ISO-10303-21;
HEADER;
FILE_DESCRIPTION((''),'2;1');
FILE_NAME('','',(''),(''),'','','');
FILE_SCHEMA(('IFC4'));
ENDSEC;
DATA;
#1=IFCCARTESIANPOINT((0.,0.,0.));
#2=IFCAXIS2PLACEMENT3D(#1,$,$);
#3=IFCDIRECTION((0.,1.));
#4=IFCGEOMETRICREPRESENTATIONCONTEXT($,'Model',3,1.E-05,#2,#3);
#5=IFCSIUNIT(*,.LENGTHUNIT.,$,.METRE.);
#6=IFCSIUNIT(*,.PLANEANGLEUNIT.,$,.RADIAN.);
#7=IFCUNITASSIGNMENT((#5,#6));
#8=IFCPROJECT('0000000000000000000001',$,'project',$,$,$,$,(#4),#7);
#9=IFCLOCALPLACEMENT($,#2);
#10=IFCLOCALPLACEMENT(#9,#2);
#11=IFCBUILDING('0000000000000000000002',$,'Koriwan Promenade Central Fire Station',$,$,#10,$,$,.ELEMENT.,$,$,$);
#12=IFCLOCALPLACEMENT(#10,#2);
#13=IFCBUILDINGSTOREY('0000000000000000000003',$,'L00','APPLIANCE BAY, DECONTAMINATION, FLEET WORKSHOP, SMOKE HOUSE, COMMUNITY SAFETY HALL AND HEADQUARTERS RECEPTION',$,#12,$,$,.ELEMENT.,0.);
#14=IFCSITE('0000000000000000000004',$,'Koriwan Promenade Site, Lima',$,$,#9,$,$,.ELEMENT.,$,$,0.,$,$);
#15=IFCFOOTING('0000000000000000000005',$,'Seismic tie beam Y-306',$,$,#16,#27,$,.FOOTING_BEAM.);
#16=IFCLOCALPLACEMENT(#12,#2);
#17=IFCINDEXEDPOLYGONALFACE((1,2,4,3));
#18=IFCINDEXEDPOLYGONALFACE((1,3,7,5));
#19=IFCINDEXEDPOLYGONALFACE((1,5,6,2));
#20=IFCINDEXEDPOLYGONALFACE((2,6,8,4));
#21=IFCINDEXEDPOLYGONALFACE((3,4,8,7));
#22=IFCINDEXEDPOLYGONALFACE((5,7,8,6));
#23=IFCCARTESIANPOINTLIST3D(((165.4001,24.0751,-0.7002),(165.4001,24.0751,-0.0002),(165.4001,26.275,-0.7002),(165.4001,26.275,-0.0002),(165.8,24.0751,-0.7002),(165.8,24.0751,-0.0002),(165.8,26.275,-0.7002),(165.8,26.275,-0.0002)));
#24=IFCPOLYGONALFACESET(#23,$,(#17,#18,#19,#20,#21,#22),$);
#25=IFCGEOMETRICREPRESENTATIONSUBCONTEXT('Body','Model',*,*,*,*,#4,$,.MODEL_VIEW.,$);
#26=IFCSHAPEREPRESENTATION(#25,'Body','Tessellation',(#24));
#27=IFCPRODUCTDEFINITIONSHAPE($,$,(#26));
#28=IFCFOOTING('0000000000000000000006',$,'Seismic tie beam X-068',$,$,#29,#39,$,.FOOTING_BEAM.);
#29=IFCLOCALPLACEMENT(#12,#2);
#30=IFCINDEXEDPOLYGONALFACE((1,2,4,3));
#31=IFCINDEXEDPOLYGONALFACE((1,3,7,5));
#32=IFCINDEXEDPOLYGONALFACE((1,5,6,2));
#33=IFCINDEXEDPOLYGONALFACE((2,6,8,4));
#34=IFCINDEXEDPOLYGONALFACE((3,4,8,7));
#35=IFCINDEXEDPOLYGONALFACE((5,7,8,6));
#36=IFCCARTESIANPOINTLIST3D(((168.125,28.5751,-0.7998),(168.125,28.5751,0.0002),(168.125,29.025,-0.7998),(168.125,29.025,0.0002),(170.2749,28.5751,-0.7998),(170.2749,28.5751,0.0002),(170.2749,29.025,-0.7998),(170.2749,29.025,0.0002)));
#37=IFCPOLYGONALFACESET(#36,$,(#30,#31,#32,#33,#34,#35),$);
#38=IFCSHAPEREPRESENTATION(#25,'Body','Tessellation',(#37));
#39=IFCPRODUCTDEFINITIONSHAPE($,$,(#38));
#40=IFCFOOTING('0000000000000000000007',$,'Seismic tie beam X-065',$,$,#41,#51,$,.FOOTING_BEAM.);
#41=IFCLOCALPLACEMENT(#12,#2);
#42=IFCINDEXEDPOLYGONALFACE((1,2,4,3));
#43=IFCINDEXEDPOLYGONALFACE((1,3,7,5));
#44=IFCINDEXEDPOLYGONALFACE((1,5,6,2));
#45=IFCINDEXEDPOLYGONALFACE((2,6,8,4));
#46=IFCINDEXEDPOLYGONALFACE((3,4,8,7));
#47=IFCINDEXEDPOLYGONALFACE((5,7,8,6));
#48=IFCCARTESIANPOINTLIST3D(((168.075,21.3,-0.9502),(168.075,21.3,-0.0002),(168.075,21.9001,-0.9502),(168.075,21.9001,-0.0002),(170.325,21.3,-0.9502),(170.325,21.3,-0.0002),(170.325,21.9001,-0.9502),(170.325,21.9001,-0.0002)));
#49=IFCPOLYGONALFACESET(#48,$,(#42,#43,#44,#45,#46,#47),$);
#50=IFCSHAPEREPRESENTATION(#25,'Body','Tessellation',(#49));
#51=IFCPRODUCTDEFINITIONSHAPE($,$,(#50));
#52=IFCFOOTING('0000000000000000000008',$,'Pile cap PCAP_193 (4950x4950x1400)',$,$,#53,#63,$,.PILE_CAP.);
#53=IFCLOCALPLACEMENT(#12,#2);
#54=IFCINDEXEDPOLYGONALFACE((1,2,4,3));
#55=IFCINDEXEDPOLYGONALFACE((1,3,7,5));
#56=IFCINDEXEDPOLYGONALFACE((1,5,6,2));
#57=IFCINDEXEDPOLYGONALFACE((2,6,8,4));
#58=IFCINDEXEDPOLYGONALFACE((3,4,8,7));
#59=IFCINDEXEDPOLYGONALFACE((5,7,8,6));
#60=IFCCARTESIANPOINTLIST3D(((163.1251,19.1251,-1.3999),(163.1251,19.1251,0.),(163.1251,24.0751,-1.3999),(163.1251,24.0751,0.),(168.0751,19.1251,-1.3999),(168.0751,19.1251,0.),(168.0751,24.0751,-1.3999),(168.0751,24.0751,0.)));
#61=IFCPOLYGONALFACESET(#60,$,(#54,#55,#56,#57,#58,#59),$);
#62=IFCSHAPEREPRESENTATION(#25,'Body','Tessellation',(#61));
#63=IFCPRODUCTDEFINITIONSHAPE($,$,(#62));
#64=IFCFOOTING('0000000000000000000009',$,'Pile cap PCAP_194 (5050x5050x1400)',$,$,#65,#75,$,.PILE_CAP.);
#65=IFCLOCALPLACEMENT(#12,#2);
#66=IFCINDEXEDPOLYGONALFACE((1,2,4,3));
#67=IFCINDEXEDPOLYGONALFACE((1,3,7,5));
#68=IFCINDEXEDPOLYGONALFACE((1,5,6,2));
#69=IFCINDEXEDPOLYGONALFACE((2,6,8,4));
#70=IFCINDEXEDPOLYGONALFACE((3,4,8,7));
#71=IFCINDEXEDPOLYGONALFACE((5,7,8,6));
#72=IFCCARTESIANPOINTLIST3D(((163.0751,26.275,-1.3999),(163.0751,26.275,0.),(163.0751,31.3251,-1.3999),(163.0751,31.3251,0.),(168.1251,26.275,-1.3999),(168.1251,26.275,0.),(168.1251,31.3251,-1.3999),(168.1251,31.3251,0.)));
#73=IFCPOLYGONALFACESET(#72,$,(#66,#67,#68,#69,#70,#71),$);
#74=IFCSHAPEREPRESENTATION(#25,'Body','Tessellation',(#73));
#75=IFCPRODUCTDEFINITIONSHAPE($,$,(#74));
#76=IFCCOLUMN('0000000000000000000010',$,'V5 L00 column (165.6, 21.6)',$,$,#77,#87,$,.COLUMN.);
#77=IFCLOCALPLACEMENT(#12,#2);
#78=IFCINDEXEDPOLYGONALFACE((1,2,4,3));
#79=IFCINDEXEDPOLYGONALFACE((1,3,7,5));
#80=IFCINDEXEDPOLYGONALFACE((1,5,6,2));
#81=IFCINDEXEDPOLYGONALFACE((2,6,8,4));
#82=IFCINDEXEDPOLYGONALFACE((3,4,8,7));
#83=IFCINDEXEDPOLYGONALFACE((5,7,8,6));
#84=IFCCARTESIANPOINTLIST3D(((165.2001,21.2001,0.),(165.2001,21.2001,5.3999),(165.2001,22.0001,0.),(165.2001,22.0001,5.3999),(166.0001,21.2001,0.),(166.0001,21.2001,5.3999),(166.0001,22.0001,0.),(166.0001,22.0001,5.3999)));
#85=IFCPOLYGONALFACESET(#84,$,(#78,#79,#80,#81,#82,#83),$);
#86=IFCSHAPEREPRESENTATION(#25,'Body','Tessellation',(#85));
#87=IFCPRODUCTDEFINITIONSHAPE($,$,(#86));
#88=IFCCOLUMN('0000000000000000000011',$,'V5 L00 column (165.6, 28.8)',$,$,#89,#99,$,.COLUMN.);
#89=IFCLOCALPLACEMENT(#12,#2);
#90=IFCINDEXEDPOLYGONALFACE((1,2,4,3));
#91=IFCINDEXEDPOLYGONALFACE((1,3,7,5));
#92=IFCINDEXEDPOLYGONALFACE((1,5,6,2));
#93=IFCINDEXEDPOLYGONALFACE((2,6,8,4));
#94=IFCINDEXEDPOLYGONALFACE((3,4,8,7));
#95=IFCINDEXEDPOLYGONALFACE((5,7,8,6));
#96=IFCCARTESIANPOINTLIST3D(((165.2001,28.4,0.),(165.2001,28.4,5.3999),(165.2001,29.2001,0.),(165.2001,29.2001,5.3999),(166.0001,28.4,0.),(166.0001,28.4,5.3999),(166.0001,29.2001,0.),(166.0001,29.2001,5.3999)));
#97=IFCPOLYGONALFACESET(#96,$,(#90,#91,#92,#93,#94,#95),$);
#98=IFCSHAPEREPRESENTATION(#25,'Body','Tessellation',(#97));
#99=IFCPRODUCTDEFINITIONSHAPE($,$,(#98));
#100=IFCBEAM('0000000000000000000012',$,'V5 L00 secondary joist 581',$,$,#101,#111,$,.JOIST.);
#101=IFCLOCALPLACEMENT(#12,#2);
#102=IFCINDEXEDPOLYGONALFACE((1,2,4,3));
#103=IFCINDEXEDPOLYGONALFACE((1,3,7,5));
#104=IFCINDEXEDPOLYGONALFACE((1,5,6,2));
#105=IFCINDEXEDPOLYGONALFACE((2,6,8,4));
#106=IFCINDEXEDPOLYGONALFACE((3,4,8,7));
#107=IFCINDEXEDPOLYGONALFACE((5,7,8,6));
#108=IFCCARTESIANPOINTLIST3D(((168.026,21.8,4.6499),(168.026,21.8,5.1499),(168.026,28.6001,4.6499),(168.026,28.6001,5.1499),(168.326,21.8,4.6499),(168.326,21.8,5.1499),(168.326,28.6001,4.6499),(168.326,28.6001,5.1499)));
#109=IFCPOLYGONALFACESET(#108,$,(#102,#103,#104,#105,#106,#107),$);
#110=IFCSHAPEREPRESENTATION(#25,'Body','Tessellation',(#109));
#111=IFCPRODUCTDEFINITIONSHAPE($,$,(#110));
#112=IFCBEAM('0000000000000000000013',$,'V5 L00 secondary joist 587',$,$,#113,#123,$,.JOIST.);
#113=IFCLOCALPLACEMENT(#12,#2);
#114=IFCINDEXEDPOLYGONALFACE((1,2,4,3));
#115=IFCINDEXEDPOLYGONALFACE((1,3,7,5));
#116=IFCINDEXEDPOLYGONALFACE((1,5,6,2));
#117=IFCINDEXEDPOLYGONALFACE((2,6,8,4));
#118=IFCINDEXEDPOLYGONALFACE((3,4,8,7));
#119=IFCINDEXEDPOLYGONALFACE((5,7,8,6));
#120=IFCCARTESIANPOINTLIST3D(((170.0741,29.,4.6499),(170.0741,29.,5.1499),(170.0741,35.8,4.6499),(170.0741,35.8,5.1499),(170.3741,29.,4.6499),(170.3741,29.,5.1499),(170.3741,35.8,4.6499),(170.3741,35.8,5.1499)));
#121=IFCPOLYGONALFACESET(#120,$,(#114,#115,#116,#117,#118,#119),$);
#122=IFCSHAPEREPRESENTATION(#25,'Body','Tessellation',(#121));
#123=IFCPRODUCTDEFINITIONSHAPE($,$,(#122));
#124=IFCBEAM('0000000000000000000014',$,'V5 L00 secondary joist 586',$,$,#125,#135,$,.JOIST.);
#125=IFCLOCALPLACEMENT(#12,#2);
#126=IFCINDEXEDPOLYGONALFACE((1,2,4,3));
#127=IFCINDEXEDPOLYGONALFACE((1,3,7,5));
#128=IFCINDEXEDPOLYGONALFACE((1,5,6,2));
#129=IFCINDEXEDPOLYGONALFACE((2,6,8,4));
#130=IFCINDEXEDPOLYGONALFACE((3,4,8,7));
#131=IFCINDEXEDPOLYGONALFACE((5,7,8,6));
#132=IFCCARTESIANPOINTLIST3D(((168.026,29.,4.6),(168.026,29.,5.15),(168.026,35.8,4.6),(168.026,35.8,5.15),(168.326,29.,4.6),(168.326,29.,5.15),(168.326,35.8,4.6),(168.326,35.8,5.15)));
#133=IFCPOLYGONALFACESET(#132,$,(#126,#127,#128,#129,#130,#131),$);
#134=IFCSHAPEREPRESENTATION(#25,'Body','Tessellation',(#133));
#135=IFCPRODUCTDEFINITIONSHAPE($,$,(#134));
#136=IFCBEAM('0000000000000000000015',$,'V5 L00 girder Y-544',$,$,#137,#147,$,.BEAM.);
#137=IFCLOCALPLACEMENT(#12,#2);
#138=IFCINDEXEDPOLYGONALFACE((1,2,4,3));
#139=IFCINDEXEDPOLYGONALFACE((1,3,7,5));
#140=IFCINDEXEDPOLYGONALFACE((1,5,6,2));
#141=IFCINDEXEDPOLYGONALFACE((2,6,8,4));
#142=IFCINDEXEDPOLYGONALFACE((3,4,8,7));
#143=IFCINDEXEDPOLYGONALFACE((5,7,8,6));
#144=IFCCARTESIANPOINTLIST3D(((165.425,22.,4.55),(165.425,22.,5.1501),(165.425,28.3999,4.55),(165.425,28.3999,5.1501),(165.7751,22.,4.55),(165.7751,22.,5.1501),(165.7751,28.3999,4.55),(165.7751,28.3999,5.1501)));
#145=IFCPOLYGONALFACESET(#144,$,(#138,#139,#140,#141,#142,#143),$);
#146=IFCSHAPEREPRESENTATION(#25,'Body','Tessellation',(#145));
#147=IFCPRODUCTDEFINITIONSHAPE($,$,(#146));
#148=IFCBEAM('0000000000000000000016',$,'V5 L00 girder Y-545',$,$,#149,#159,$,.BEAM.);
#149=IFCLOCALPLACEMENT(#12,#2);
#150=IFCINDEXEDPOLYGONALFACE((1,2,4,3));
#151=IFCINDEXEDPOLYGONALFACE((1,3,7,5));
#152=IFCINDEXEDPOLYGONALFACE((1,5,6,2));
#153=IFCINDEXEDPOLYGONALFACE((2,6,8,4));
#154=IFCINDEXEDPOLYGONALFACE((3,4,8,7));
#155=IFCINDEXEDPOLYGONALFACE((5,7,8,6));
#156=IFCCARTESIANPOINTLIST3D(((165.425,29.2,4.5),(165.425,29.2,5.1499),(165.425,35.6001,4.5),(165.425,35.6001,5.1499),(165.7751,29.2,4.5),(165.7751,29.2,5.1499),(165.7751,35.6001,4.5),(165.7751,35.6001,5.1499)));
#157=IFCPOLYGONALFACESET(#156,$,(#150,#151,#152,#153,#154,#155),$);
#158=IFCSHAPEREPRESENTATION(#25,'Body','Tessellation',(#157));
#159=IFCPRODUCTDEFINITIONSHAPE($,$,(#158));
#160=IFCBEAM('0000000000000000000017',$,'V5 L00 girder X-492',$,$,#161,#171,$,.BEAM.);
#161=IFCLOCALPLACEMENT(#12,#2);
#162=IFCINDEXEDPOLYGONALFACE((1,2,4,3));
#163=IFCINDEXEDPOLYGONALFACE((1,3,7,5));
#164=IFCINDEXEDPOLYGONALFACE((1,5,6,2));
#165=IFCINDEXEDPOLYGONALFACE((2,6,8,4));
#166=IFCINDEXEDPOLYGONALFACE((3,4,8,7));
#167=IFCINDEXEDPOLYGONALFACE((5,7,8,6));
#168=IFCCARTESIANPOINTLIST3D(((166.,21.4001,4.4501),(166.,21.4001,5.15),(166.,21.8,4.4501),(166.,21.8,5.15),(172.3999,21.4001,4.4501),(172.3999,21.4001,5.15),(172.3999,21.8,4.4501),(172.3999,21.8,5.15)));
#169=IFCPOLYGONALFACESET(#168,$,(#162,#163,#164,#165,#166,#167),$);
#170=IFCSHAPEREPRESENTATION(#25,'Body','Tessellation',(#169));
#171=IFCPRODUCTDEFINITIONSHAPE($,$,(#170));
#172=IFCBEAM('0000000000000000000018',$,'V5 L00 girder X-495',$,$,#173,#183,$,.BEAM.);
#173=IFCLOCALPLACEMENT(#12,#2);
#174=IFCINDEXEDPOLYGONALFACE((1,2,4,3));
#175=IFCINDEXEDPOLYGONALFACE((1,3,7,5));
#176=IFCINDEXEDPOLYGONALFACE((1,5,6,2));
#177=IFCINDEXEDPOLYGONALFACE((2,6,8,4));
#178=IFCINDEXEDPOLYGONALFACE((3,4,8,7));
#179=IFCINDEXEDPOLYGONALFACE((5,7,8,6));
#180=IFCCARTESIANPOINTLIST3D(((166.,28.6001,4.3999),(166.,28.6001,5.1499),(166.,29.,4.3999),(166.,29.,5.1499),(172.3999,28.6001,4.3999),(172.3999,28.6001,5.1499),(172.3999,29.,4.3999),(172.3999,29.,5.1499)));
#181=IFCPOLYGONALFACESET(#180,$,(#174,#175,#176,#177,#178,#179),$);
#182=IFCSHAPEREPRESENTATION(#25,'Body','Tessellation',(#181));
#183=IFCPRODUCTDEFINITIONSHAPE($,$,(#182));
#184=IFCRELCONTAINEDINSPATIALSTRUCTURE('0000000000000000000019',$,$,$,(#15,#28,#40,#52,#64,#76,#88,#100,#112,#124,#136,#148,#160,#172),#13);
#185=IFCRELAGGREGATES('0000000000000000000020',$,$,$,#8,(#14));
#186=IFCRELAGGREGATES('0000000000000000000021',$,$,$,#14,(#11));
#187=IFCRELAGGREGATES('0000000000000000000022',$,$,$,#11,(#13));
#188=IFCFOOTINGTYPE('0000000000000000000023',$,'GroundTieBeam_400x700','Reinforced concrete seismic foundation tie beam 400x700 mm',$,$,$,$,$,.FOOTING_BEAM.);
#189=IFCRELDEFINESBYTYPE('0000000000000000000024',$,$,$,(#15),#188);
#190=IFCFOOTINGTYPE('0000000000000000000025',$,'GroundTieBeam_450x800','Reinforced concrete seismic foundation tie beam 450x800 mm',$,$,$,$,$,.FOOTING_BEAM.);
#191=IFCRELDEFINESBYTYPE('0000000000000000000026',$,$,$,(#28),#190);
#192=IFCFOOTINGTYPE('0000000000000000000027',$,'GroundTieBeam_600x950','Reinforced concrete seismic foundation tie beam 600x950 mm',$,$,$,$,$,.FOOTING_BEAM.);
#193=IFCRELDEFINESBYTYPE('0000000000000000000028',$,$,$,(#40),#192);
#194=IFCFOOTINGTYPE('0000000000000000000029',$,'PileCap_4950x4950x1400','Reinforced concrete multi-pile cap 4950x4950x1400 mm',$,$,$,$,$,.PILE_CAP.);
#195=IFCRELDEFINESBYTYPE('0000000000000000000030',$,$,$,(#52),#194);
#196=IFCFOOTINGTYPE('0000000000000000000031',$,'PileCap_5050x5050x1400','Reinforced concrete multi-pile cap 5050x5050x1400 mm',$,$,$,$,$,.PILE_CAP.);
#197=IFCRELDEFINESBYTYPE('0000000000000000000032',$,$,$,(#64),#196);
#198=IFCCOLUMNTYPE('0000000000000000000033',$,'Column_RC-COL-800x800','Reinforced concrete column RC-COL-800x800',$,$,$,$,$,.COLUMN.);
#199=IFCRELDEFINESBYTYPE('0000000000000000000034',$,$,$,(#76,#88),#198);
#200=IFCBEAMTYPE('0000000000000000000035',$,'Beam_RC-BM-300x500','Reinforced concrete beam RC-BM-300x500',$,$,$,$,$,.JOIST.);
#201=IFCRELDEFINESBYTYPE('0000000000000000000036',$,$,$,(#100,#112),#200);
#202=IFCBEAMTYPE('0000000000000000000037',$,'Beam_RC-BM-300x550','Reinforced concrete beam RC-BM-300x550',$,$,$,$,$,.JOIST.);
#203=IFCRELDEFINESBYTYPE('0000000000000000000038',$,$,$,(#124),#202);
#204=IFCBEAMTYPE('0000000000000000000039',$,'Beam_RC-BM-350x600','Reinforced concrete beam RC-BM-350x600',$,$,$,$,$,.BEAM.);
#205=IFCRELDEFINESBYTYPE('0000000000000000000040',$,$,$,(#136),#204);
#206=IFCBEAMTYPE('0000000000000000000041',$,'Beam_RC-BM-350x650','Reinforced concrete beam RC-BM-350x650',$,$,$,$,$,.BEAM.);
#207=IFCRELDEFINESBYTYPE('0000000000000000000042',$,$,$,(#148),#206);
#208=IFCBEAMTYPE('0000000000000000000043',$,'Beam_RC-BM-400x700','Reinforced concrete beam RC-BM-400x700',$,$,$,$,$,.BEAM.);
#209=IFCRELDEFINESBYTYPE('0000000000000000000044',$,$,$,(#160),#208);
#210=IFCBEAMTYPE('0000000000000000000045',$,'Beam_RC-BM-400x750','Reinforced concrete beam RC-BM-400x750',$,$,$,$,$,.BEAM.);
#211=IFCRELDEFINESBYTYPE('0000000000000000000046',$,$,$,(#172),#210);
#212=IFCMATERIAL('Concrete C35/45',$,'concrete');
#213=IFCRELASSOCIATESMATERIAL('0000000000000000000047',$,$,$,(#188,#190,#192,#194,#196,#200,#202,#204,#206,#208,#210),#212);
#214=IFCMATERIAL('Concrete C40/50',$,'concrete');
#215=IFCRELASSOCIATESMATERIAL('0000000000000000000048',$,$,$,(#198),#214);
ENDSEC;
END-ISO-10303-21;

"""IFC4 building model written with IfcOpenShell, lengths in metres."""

from ifc_helpers import new_model, si_unit, direction, frame, origin, origin_2d, place, context, subcontext, project, spatial, rectangle, extrude, material, material_profile, profile_set, type_object, element, save


model = new_model("IFC4")

# Units and contexts
model_context = context("Model", 3, precision=1e-05, world=origin(), true_north=direction((0.0, 1.0)))
body_context = subcontext(model_context, "Body", "Model", "MODEL_VIEW")
ifc_project = project(units=[si_unit("LENGTHUNIT", "METRE"), si_unit("PLANEANGLEUNIT", "RADIAN")], contexts=[model_context])

# Site, building, storey
site_placement = place(None, origin())
site = spatial("IfcSite", under=ifc_project, at=site_placement, Name="Koriwan Promenade Site, Lima", CompositionType="ELEMENT", RefElevation=0.0)
building_placement = place(site_placement, origin())
building = spatial("IfcBuilding", under=site, at=building_placement, Name="Koriwan Promenade Central Fire Station", CompositionType="ELEMENT")
storey_placement = place(building_placement, origin())
storey = spatial("IfcBuildingStorey", under=building, at=storey_placement, Name="L00", Description="APPLIANCE BAY, DECONTAMINATION, FLEET WORKSHOP, SMOKE HOUSE, COMMUNITY SAFETY HALL AND HEADQUARTERS RECEPTION", CompositionType="ELEMENT", Elevation=0.0)

# Shared definitions
ifc_material_1 = material(Name="Concrete C35/45", Category="concrete")

# Footings
footing_type_1 = type_object("IfcFootingType", Name="GroundTieBeam_400x700", Description="Reinforced concrete seismic foundation tie beam 400x700 mm", PredefinedType="FOOTING_BEAM", material=ifc_material_1)
footing_1_placement = place(storey_placement, frame((165.6001, 25.175, -0.7002), z_axis=(0.0, 0.0, 1.0), x_axis=(0.0, 1.0, 0.0)))
element("IfcFooting", 1, at=footing_1_placement, inside=storey, type_object=footing_type_1, Name="Seismic tie beam Y-306", PredefinedType="FOOTING_BEAM", context=body_context, shape_type="SweptSolid", body=[
    extrude(rectangle(XDim=2.2, YDim=0.3999, at=origin_2d()), origin(), (0.0, 0.0, 1.0), 0.7),
])
footing_type_2 = type_object("IfcFootingType", Name="GroundTieBeam_450x800", Description="Reinforced concrete seismic foundation tie beam 450x800 mm", PredefinedType="FOOTING_BEAM", material=ifc_material_1)
footing_2_placement = place(storey_placement, frame((169.2, 28.8, -0.7998), z_axis=(0.0, 0.0, 1.0), x_axis=(1.0, 0.0, 0.0)))
element("IfcFooting", 2, at=footing_2_placement, inside=storey, type_object=footing_type_2, Name="Seismic tie beam X-068", PredefinedType="FOOTING_BEAM", context=body_context, shape_type="SweptSolid", body=[
    extrude(rectangle(XDim=2.1499, YDim=0.45, at=origin_2d()), origin(), (0.0, 0.0, 1.0), 0.8),
])
footing_type_3 = type_object("IfcFootingType", Name="GroundTieBeam_600x950", Description="Reinforced concrete seismic foundation tie beam 600x950 mm", PredefinedType="FOOTING_BEAM", material=ifc_material_1)
footing_3_placement = place(storey_placement, frame((169.2, 21.6001, -0.9502), z_axis=(0.0, 0.0, 1.0), x_axis=(1.0, 0.0, 0.0)))
element("IfcFooting", 3, at=footing_3_placement, inside=storey, type_object=footing_type_3, Name="Seismic tie beam X-065", PredefinedType="FOOTING_BEAM", context=body_context, shape_type="SweptSolid", body=[
    extrude(rectangle(XDim=2.25, YDim=0.6001, at=origin_2d()), origin(), (0.0, 0.0, 1.0), 0.95),
])
footing_type_4 = type_object("IfcFootingType", Name="PileCap_4950x4950x1400", Description="Reinforced concrete multi-pile cap 4950x4950x1400 mm", PredefinedType="PILE_CAP", material=ifc_material_1)
footing_4_placement = place(storey_placement, frame((165.6001, 21.6001, -1.3999), z_axis=(0.0, 0.0, 1.0), x_axis=(1.0, 0.0, 0.0)))
element("IfcFooting", 4, at=footing_4_placement, inside=storey, type_object=footing_type_4, Name="Pile cap PCAP_193 (4950x4950x1400)", PredefinedType="PILE_CAP", context=body_context, shape_type="SweptSolid", body=[
    extrude(rectangle(XDim=4.95, YDim=4.95, at=origin_2d()), origin(), (0.0, 0.0, 1.0), 1.3999),
])
footing_type_5 = type_object("IfcFootingType", Name="PileCap_5050x5050x1400", Description="Reinforced concrete multi-pile cap 5050x5050x1400 mm", PredefinedType="PILE_CAP", material=ifc_material_1)
footing_5_placement = place(storey_placement, frame((165.6001, 28.8, -1.3999), z_axis=(0.0, 0.0, 1.0), x_axis=(1.0, 0.0, 0.0)))
element("IfcFooting", 5, at=footing_5_placement, inside=storey, type_object=footing_type_5, Name="Pile cap PCAP_194 (5050x5050x1400)", PredefinedType="PILE_CAP", context=body_context, shape_type="SweptSolid", body=[
    extrude(rectangle(XDim=5.05, YDim=5.05, at=origin_2d()), origin(), (0.0, 0.0, 1.0), 1.3999),
])

# Columns
ifc_material_2 = material(Name="Concrete C40/50", Category="concrete")
ifc_material_profile_1 = material_profile(ifc_material_2, rectangle(XDim=0.8, YDim=0.8, at=origin_2d()), Name="RC-COL-800x800")
ifc_profile_set_1 = profile_set([ifc_material_profile_1], Name="Concrete C40/50")
column_type = type_object("IfcColumnType", Name="Column_RC-COL-800x800", Description="Reinforced concrete column RC-COL-800x800", PredefinedType="COLUMN", material=ifc_profile_set_1)
for number, where, z_axis, x_axis, name in (
    (6, (165.6001, 21.6001, 0.0), (0.0, 0.0, 1.0), (1.0, 0.0, 0.0), "V5 L00 column (165.6, 21.6)"),
    (7, (165.6001, 28.8, 0.0), (0.0, 0.0, 1.0), (1.0, 0.0, 0.0), "V5 L00 column (165.6, 28.8)"),
):
    element("IfcColumn", number, at=place(storey_placement, frame(where, z_axis=z_axis, x_axis=x_axis)), inside=storey, type_object=column_type, Name=name, PredefinedType="COLUMN", context=body_context, shape_type="SweptSolid", body=[
        extrude(rectangle(XDim=0.8, YDim=0.8, at=origin_2d()), origin(), (0.0, 0.0, 1.0), 5.3999),
    ])

# Beams
ifc_material_profile_2 = material_profile(ifc_material_1, rectangle(XDim=0.3, YDim=0.5, at=origin_2d()), Name="RC-BM-300x500")
ifc_profile_set_2 = profile_set([ifc_material_profile_2], Name="Concrete C35/45")
beam_type_1 = type_object("IfcBeamType", Name="Beam_RC-BM-300x500", Description="Reinforced concrete beam RC-BM-300x500", PredefinedType="JOIST", material=ifc_profile_set_2)
for number, where, z_axis, x_axis, name in (
    (8, (168.176, 21.8, 4.8999), (0.0, 1.0, 0.0), (-1.0, 0.0, 0.0), "V5 L00 secondary joist 581"),
    (9, (170.2241, 29.0, 4.8999), (0.0, 1.0, 0.0), (-1.0, 0.0, 0.0), "V5 L00 secondary joist 587"),
):
    element("IfcBeam", number, at=place(storey_placement, frame(where, z_axis=z_axis, x_axis=x_axis)), inside=storey, type_object=beam_type_1, Name=name, PredefinedType="JOIST", context=body_context, shape_type="SweptSolid", body=[
        extrude(rectangle(XDim=0.3, YDim=0.5, at=origin_2d()), origin(), (0.0, 0.0, 1.0), 6.8),
    ])
ifc_material_profile_3 = material_profile(ifc_material_1, rectangle(XDim=0.3, YDim=0.55, at=origin_2d()), Name="RC-BM-300x550")
ifc_profile_set_3 = profile_set([ifc_material_profile_3], Name="Concrete C35/45")
beam_type_2 = type_object("IfcBeamType", Name="Beam_RC-BM-300x550", Description="Reinforced concrete beam RC-BM-300x550", PredefinedType="JOIST", material=ifc_profile_set_3)
beam_1_placement = place(storey_placement, frame((168.176, 29.0, 4.875), z_axis=(0.0, 1.0, 0.0), x_axis=(-1.0, 0.0, 0.0)))
element("IfcBeam", 10, at=beam_1_placement, inside=storey, type_object=beam_type_2, Name="V5 L00 secondary joist 586", PredefinedType="JOIST", context=body_context, shape_type="SweptSolid", body=[
    extrude(rectangle(XDim=0.3, YDim=0.55, at=origin_2d()), origin(), (0.0, 0.0, 1.0), 6.8),
])
ifc_material_profile_4 = material_profile(ifc_material_1, rectangle(XDim=0.3501, YDim=0.6001, at=origin_2d()), Name="RC-BM-350x600")
ifc_profile_set_4 = profile_set([ifc_material_profile_4], Name="Concrete C35/45")
beam_type_3 = type_object("IfcBeamType", Name="Beam_RC-BM-350x600", Description="Reinforced concrete beam RC-BM-350x600", PredefinedType="BEAM", material=ifc_profile_set_4)
beam_2_placement = place(storey_placement, frame((165.6001, 22.0, 4.8501), z_axis=(0.0, 1.0, 0.0), x_axis=(-1.0, 0.0, 0.0)))
element("IfcBeam", 11, at=beam_2_placement, inside=storey, type_object=beam_type_3, Name="V5 L00 girder Y-544", PredefinedType="BEAM", context=body_context, shape_type="SweptSolid", body=[
    extrude(rectangle(XDim=0.3501, YDim=0.6001, at=origin_2d()), origin(), (0.0, 0.0, 1.0), 6.3999),
])
ifc_material_profile_5 = material_profile(ifc_material_1, rectangle(XDim=0.3501, YDim=0.6499, at=origin_2d()), Name="RC-BM-350x650")
ifc_profile_set_5 = profile_set([ifc_material_profile_5], Name="Concrete C35/45")
beam_type_4 = type_object("IfcBeamType", Name="Beam_RC-BM-350x650", Description="Reinforced concrete beam RC-BM-350x650", PredefinedType="BEAM", material=ifc_profile_set_5)
beam_3_placement = place(storey_placement, frame((165.6001, 29.2, 4.825), z_axis=(0.0, 1.0, 0.0), x_axis=(-1.0, 0.0, 0.0)))
element("IfcBeam", 12, at=beam_3_placement, inside=storey, type_object=beam_type_4, Name="V5 L00 girder Y-545", PredefinedType="BEAM", context=body_context, shape_type="SweptSolid", body=[
    extrude(rectangle(XDim=0.3501, YDim=0.6499, at=origin_2d()), origin(), (0.0, 0.0, 1.0), 6.4001),
])
ifc_material_profile_6 = material_profile(ifc_material_1, rectangle(XDim=0.3999, YDim=0.7, at=origin_2d()), Name="RC-BM-400x700")
ifc_profile_set_6 = profile_set([ifc_material_profile_6], Name="Concrete C35/45")
beam_type_5 = type_object("IfcBeamType", Name="Beam_RC-BM-400x700", Description="Reinforced concrete beam RC-BM-400x700", PredefinedType="BEAM", material=ifc_profile_set_6)
beam_4_placement = place(storey_placement, frame((166.0, 21.6001, 4.8), z_axis=(1.0, 0.0, 0.0), x_axis=(0.0, 1.0, 0.0)))
element("IfcBeam", 13, at=beam_4_placement, inside=storey, type_object=beam_type_5, Name="V5 L00 girder X-492", PredefinedType="BEAM", context=body_context, shape_type="SweptSolid", body=[
    extrude(rectangle(XDim=0.3999, YDim=0.7, at=origin_2d()), origin(), (0.0, 0.0, 1.0), 6.3999),
])
ifc_material_profile_7 = material_profile(ifc_material_1, rectangle(XDim=0.3999, YDim=0.75, at=origin_2d()), Name="RC-BM-400x750")
ifc_profile_set_7 = profile_set([ifc_material_profile_7], Name="Concrete C35/45")
beam_type_6 = type_object("IfcBeamType", Name="Beam_RC-BM-400x750", Description="Reinforced concrete beam RC-BM-400x750", PredefinedType="BEAM", material=ifc_profile_set_7)
beam_5_placement = place(storey_placement, frame((166.0, 28.8, 4.7749), z_axis=(1.0, 0.0, 0.0), x_axis=(0.0, 1.0, 0.0)))
element("IfcBeam", 14, at=beam_5_placement, inside=storey, type_object=beam_type_6, Name="V5 L00 girder X-495", PredefinedType="BEAM", context=body_context, shape_type="SweptSolid", body=[
    extrude(rectangle(XDim=0.3999, YDim=0.75, at=origin_2d()), origin(), (0.0, 0.0, 1.0), 6.3999),
])

save(model, "model.ifc")
